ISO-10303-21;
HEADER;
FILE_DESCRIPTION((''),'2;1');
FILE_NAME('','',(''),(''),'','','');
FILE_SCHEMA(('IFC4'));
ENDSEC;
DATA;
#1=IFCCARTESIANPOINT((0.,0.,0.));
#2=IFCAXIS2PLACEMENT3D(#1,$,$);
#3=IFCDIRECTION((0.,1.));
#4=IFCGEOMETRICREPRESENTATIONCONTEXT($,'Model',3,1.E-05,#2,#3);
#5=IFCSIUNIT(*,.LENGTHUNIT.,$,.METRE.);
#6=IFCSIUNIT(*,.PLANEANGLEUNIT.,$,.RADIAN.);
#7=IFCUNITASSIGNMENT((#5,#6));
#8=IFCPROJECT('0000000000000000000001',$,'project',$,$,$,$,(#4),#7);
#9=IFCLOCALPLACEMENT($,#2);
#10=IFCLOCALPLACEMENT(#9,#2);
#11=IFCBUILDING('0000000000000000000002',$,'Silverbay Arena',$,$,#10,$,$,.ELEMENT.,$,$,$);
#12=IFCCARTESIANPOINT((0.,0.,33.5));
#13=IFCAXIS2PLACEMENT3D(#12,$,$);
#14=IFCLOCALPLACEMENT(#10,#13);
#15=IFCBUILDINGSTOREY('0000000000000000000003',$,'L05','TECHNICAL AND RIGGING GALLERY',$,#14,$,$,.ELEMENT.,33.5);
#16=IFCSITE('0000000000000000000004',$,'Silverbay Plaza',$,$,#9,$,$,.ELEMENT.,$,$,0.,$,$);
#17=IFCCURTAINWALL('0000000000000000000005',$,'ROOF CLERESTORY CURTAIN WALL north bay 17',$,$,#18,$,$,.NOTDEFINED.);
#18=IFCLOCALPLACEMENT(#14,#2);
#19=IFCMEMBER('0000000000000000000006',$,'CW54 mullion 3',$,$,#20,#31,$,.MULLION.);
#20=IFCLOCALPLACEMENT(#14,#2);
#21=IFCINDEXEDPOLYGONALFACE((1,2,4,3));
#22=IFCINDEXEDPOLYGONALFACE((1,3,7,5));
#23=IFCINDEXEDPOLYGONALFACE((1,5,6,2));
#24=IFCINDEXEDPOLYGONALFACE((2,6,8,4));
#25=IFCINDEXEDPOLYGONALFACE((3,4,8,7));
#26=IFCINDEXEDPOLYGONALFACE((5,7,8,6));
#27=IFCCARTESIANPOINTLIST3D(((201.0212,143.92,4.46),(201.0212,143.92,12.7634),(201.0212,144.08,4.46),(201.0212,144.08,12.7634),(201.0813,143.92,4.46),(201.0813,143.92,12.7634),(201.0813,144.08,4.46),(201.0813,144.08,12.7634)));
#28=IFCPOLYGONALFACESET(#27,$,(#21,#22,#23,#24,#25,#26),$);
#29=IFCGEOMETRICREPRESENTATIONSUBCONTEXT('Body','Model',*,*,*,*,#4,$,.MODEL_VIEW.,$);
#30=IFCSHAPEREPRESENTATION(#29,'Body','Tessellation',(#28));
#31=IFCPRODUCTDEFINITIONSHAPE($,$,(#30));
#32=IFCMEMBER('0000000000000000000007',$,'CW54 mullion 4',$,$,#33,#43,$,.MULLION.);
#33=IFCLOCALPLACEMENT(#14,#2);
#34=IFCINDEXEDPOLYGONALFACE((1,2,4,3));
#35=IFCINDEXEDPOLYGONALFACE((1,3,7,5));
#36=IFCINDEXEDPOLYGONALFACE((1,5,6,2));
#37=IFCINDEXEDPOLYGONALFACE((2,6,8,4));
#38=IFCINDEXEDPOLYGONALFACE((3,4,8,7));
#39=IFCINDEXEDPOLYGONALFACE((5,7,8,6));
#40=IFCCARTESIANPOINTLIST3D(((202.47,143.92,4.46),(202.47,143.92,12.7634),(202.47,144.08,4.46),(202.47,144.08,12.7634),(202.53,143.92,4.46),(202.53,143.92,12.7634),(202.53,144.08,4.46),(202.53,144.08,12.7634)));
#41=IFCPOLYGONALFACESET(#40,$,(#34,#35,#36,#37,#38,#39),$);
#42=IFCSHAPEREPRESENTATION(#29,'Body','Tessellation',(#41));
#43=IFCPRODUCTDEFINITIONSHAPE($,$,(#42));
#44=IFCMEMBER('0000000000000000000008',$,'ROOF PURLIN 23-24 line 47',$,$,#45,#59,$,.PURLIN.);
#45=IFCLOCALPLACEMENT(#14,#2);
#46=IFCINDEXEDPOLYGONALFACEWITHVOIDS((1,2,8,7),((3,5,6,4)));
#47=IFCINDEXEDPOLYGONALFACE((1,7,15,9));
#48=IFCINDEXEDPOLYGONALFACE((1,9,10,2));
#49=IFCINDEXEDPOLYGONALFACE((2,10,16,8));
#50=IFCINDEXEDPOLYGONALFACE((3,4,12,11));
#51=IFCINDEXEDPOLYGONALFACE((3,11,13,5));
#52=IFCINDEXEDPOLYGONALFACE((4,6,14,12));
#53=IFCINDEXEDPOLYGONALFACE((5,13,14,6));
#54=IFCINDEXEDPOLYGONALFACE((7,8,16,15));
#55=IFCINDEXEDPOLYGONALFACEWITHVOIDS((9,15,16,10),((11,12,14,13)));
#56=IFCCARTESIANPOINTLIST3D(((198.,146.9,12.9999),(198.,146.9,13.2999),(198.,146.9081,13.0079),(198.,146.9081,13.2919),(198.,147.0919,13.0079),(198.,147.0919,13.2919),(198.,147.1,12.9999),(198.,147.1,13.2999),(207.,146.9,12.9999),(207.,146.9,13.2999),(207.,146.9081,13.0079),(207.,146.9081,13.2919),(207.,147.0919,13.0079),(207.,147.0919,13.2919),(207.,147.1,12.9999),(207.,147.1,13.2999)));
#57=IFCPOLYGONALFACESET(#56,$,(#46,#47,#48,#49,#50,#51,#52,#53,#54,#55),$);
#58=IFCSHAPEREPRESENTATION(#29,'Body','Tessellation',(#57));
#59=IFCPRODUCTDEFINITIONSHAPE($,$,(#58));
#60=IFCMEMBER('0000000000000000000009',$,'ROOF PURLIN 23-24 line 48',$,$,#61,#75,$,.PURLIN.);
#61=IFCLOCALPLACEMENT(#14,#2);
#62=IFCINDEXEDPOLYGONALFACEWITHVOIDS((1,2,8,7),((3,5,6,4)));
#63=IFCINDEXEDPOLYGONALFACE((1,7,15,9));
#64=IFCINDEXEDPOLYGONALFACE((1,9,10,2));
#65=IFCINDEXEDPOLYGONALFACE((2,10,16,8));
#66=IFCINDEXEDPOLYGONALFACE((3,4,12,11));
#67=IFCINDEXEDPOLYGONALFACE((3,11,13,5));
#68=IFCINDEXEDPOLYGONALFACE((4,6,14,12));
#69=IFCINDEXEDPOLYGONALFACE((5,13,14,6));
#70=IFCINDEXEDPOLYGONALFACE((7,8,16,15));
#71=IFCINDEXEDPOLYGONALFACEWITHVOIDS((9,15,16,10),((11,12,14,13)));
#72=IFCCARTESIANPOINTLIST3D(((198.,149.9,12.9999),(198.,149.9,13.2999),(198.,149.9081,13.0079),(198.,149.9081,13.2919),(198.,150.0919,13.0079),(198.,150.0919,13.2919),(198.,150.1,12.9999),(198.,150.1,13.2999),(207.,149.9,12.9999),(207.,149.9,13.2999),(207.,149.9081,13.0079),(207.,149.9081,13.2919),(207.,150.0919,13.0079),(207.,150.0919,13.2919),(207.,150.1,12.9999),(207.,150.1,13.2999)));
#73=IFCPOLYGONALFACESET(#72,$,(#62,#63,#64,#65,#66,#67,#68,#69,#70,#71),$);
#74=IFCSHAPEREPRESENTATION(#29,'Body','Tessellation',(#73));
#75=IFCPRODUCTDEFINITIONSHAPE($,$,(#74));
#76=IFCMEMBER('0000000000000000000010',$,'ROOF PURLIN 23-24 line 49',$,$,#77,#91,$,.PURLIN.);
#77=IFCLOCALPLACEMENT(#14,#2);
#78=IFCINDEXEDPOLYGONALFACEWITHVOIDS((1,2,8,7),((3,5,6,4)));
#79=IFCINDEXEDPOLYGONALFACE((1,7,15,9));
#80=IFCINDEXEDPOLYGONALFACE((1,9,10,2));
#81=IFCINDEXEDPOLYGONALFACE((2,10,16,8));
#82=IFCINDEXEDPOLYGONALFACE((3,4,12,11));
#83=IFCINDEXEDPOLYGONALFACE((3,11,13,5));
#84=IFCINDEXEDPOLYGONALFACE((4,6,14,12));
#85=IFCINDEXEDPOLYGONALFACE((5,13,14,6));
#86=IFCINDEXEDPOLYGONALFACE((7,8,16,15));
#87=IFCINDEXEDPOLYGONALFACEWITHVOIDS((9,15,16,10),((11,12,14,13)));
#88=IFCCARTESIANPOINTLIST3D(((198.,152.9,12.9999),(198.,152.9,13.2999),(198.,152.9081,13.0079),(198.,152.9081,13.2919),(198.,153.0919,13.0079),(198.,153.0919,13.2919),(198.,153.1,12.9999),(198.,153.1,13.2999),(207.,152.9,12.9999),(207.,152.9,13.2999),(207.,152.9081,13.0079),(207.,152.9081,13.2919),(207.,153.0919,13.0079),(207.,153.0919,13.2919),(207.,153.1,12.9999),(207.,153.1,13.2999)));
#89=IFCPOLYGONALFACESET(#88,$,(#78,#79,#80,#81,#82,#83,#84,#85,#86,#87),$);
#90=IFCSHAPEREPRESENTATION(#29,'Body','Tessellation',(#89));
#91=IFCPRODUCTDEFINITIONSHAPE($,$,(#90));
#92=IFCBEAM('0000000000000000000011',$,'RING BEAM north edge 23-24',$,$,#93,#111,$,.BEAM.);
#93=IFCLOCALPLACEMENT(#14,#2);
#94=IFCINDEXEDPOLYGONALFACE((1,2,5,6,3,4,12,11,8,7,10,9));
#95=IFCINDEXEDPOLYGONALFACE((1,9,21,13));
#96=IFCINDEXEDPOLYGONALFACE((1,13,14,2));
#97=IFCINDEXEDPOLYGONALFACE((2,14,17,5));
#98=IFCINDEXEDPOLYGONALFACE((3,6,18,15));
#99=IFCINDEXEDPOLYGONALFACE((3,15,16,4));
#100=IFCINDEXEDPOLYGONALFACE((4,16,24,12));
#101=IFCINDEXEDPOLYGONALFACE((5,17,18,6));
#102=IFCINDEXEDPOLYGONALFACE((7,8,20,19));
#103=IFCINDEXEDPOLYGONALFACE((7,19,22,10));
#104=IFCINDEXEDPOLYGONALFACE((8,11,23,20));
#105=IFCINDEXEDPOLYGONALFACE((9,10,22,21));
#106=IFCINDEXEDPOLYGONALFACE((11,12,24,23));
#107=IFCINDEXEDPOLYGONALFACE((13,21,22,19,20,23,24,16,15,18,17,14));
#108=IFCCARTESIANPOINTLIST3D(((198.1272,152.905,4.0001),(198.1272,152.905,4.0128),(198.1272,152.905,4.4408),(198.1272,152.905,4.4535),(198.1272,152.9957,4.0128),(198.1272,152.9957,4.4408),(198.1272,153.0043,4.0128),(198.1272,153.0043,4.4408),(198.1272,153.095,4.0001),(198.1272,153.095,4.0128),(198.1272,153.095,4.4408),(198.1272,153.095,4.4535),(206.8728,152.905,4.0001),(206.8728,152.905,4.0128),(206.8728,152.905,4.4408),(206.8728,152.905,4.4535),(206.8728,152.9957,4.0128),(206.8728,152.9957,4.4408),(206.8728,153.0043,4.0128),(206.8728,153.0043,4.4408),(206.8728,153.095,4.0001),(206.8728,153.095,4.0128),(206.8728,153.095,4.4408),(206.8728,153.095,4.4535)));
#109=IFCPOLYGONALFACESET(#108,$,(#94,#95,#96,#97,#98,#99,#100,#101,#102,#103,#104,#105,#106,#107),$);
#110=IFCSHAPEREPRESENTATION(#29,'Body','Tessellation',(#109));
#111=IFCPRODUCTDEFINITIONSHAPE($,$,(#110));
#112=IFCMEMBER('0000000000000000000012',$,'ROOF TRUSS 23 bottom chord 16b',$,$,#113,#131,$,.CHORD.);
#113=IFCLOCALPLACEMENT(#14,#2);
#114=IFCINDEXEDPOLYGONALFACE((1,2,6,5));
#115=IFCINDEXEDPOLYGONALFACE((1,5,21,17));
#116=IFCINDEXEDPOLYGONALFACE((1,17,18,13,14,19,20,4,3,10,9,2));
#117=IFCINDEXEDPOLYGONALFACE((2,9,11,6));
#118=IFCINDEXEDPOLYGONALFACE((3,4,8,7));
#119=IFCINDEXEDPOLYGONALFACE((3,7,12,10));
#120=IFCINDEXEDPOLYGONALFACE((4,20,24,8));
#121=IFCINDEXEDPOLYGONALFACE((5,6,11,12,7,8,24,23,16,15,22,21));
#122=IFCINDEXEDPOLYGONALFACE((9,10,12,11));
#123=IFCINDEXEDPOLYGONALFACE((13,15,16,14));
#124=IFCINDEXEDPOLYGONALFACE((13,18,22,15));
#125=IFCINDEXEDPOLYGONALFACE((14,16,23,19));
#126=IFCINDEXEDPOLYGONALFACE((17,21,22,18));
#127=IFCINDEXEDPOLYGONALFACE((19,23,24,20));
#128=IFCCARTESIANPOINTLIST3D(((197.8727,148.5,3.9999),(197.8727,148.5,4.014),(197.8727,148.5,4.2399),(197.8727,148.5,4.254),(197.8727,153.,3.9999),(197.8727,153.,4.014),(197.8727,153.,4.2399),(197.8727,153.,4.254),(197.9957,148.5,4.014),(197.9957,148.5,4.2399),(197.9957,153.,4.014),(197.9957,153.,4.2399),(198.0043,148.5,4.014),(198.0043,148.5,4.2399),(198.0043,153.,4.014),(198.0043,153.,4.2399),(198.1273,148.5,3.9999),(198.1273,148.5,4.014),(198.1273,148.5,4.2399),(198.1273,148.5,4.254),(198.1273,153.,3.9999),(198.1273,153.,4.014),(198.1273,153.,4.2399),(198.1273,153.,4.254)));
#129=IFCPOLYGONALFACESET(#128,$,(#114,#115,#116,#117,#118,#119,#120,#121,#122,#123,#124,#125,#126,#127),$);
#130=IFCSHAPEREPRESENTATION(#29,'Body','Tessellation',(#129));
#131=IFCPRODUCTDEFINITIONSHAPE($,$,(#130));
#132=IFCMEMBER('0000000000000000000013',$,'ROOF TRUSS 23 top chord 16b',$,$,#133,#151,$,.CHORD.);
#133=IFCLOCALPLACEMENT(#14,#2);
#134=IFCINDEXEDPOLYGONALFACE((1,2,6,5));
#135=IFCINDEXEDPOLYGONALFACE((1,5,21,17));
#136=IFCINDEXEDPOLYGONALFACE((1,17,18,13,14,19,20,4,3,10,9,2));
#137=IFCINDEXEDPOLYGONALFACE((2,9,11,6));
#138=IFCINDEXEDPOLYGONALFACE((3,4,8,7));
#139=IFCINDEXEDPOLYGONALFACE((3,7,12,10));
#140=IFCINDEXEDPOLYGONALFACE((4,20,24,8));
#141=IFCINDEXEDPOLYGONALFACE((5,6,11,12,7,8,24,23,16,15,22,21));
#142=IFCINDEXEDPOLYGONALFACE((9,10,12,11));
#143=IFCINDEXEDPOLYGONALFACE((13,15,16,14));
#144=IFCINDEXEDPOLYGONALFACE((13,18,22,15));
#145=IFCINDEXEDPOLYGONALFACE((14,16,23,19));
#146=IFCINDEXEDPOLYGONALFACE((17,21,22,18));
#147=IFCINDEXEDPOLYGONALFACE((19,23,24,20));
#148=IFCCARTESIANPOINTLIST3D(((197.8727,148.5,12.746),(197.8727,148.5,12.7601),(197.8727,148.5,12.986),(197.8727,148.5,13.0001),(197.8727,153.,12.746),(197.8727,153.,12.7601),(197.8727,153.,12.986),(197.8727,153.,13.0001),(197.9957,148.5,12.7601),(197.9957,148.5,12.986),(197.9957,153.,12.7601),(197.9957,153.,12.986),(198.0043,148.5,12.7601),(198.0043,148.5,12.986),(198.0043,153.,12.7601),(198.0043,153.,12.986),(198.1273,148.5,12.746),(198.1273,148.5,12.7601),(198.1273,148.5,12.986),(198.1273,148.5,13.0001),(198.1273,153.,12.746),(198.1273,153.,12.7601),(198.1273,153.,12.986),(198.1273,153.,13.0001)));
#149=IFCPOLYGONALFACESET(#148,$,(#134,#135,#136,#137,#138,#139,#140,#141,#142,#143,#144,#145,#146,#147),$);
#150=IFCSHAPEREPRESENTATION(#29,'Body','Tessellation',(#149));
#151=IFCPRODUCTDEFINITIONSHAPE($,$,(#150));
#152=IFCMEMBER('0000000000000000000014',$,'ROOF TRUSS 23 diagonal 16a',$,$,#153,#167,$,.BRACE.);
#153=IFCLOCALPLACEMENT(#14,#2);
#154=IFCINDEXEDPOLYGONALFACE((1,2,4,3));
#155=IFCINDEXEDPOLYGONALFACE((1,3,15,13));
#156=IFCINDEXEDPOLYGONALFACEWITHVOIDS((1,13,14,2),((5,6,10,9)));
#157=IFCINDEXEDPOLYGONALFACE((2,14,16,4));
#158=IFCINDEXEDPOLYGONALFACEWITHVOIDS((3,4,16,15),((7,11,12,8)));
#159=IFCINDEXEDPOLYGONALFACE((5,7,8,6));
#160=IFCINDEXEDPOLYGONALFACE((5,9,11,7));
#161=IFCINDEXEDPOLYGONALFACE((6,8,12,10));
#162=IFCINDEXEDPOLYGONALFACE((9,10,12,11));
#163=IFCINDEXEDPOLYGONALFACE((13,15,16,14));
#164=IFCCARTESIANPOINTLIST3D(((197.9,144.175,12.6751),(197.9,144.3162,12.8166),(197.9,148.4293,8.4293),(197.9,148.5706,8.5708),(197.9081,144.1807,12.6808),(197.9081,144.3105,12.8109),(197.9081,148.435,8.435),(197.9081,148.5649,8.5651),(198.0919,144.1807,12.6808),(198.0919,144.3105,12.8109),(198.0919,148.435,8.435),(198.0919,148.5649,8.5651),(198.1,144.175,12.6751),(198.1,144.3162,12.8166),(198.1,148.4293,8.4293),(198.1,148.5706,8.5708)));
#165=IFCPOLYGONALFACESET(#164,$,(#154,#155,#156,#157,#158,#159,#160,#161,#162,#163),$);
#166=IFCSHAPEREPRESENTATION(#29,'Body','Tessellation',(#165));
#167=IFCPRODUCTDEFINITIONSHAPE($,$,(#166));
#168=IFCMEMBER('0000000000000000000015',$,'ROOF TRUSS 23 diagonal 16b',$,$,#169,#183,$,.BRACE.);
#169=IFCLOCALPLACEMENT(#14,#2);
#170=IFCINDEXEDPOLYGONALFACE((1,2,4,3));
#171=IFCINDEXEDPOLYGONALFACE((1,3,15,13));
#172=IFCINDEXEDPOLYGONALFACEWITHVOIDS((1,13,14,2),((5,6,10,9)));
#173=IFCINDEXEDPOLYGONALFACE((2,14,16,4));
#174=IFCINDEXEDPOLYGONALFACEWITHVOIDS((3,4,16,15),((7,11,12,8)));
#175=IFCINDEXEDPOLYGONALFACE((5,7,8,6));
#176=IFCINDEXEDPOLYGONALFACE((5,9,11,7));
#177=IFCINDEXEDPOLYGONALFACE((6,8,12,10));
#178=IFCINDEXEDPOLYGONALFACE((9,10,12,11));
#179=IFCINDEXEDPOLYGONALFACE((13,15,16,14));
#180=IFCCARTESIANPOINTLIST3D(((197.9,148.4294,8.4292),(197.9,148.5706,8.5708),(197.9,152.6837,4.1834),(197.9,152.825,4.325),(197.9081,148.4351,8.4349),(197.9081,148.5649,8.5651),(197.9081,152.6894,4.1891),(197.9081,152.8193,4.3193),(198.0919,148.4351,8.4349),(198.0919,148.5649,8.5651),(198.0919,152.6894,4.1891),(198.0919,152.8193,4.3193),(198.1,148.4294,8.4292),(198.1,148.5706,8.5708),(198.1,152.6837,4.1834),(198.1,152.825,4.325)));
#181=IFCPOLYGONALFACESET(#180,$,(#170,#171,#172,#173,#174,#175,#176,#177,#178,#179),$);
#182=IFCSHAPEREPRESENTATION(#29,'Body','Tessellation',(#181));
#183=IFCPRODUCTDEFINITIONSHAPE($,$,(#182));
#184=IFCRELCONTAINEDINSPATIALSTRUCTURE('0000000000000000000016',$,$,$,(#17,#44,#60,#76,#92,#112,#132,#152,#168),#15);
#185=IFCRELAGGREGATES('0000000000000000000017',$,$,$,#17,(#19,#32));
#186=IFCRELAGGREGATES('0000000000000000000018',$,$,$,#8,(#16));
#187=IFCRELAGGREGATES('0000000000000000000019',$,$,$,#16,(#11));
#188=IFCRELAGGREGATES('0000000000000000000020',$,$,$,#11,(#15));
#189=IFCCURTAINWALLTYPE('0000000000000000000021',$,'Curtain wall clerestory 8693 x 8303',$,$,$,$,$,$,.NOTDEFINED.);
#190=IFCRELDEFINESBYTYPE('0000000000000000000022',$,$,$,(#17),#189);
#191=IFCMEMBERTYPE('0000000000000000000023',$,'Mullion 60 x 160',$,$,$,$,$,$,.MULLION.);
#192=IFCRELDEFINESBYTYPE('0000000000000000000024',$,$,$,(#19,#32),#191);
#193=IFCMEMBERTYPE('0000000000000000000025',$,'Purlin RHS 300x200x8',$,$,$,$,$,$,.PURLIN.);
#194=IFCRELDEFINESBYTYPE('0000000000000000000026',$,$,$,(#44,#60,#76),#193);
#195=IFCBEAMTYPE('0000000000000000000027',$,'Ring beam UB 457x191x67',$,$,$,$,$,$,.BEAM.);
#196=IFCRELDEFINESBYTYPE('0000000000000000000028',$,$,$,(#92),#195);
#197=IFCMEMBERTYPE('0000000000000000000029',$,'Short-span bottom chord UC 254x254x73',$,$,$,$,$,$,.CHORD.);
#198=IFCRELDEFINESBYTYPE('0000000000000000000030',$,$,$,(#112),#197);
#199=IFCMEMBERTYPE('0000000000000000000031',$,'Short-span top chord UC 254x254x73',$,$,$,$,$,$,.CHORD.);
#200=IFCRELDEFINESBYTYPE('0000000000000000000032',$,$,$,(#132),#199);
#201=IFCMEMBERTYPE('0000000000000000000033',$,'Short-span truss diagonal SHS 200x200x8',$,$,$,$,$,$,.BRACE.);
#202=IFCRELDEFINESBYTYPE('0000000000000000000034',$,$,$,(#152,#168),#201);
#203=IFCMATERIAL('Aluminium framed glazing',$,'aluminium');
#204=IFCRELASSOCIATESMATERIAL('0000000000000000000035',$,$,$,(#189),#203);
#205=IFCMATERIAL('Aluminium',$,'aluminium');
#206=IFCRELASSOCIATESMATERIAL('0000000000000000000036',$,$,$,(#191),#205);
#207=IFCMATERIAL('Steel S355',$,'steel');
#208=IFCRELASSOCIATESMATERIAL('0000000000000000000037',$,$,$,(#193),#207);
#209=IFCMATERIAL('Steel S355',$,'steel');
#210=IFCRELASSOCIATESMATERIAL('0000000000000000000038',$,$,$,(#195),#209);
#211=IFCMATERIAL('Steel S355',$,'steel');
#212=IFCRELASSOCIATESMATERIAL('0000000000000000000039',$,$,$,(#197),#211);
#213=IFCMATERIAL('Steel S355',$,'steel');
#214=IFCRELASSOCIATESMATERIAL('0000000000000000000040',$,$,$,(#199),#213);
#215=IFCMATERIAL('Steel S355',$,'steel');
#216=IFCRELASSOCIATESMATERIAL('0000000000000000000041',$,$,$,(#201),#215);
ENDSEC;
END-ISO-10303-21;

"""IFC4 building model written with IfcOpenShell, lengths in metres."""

from ifc_helpers import new_model, si_unit, direction, frame, origin, origin_2d, place, context, subcontext, project, spatial, rectangle, hollow_rectangle, i_section, extrude, material, material_profile, profile_set, type_object, element, aggregate, save


model = new_model("IFC4")

# Units and contexts
model_context = context("Model", 3, precision=1e-05, world=origin(), true_north=direction((0.0, 1.0)))
body_context = subcontext(model_context, "Body", "Model", "MODEL_VIEW")
ifc_project = project(units=[si_unit("LENGTHUNIT", "METRE"), si_unit("PLANEANGLEUNIT", "RADIAN")], contexts=[model_context])

# Site, building, storey
site_placement = place(None, origin())
site = spatial("IfcSite", under=ifc_project, at=site_placement, Name="Silverbay Plaza", CompositionType="ELEMENT", RefElevation=0.0)
building_placement = place(site_placement, origin())
building = spatial("IfcBuilding", under=site, at=building_placement, Name="Silverbay Arena", CompositionType="ELEMENT")
storey_placement = place(building_placement, frame((0.0, 0.0, 33.5)))
storey = spatial("IfcBuildingStorey", under=building, at=storey_placement, Name="L05", Description="TECHNICAL AND RIGGING GALLERY", CompositionType="ELEMENT", Elevation=33.5)

# Curtain wall, members
ifc_material_1 = material(Name="Aluminium framed glazing", Category="aluminium")
curtain_wall_type = type_object("IfcCurtainWallType", Name="Curtain wall clerestory 8693 x 8303", PredefinedType="NOTDEFINED", material=ifc_material_1)
curtain_wall_placement = place(storey_placement, origin())
curtain_wall = element("IfcCurtainWall", 1, at=curtain_wall_placement, inside=storey, type_object=curtain_wall_type, Name="ROOF CLERESTORY CURTAIN WALL north bay 17", PredefinedType="NOTDEFINED")
ifc_material_2 = material(Name="Aluminium", Category="aluminium")
ifc_material_profile_1 = material_profile(ifc_material_2, rectangle(XDim=0.1599, YDim=0.0601, at=origin_2d()), Name="Mullion 60 x 160")
ifc_profile_set_1 = profile_set([ifc_material_profile_1], Name="Aluminium")
member_type_1 = type_object("IfcMemberType", Name="Mullion 60 x 160", PredefinedType="MULLION", material=ifc_profile_set_1)
member_1_placement = place(storey_placement, frame((201.0513, 144.0, 4.46), z_axis=(0.0, 0.0, 1.0), x_axis=(0.0, 1.0, 0.0)))
member_1 = element("IfcMember", 2, at=member_1_placement, type_object=member_type_1, Name="CW54 mullion 3", PredefinedType="MULLION", context=body_context, shape_type="SweptSolid", body=[
    extrude(rectangle(XDim=0.1599, YDim=0.0601, at=origin_2d()), origin(), (0.0, 0.0, 1.0), 8.3035),
])
member_2_placement = place(storey_placement, frame((202.5, 144.0, 4.46), z_axis=(0.0, 0.0, 1.0), x_axis=(0.0, 1.0, 0.0)))
member_2 = element("IfcMember", 3, at=member_2_placement, type_object=member_type_1, Name="CW54 mullion 4", PredefinedType="MULLION", context=body_context, shape_type="SweptSolid", body=[
    extrude(rectangle(XDim=0.1599, YDim=0.0601, at=origin_2d()), origin(), (0.0, 0.0, 1.0), 8.3035),
])

# Members
ifc_material_3 = material(Name="Steel S355", Category="steel")
ifc_material_profile_2 = material_profile(ifc_material_3, hollow_rectangle(XDim=0.2, YDim=0.3, WallThickness=0.0081, at=origin_2d()), Name="RHS 300x200x8")
ifc_profile_set_2 = profile_set([ifc_material_profile_2], Name="Steel S355")
member_type_2 = type_object("IfcMemberType", Name="Purlin RHS 300x200x8", PredefinedType="PURLIN", material=ifc_profile_set_2)
for number, where, z_axis, x_axis, name in (
    (4, (198.0, 147.0, 13.1499), (1.0, 0.0, 0.0), (0.0, 1.0, 0.0), "ROOF PURLIN 23-24 line 47"),
    (5, (198.0, 150.0, 13.1499), (1.0, 0.0, 0.0), (0.0, 1.0, 0.0), "ROOF PURLIN 23-24 line 48"),
    (6, (198.0, 153.0, 13.1499), (1.0, 0.0, 0.0), (0.0, 1.0, 0.0), "ROOF PURLIN 23-24 line 49"),
):
    element("IfcMember", number, at=place(storey_placement, frame(where, z_axis=z_axis, x_axis=x_axis)), inside=storey, type_object=member_type_2, Name=name, PredefinedType="PURLIN", context=body_context, shape_type="SweptSolid", body=[
        extrude(hollow_rectangle(XDim=0.2, YDim=0.3, WallThickness=0.0081, at=origin_2d()), origin(), (0.0, 0.0, 1.0), 9.0),
    ])

# Beam
ifc_material_4 = material(Name="Steel S355", Category="steel")
ifc_material_profile_3 = material_profile(ifc_material_4, i_section(OverallWidth=0.1899, OverallDepth=0.4534, WebThickness=0.0085, FlangeThickness=0.0127, at=origin_2d()), Name="UB 457x191x67")
ifc_profile_set_3 = profile_set([ifc_material_profile_3], Name="Steel S355")
beam_type = type_object("IfcBeamType", Name="Ring beam UB 457x191x67", PredefinedType="BEAM", material=ifc_profile_set_3)
beam_placement = place(storey_placement, frame((198.1272, 153.0, 4.2268), z_axis=(1.0, 0.0, 0.0), x_axis=(0.0, 1.0, 0.0)))
element("IfcBeam", 7, at=beam_placement, inside=storey, type_object=beam_type, Name="RING BEAM north edge 23-24", PredefinedType="BEAM", context=body_context, shape_type="SweptSolid", body=[
    extrude(i_section(OverallWidth=0.1899, OverallDepth=0.4534, WebThickness=0.0085, FlangeThickness=0.0127, at=origin_2d()), origin(), (0.0, 0.0, 1.0), 8.7456),
])

# Members
ifc_material_5 = material(Name="Steel S355", Category="steel")
ifc_material_profile_4 = material_profile(ifc_material_5, i_section(OverallWidth=0.2546, OverallDepth=0.2542, WebThickness=0.0085, FlangeThickness=0.0142, at=origin_2d()), Name="UC 254x254x73")
ifc_profile_set_4 = profile_set([ifc_material_profile_4], Name="Steel S355")
member_type_3 = type_object("IfcMemberType", Name="Short-span bottom chord UC 254x254x73", PredefinedType="CHORD", material=ifc_profile_set_4)
member_3_placement = place(storey_placement, frame((198.0, 148.5, 4.127), z_axis=(0.0, 1.0, 0.0), x_axis=(-1.0, 0.0, 0.0)))
element("IfcMember", 8, at=member_3_placement, inside=storey, type_object=member_type_3, Name="ROOF TRUSS 23 bottom chord 16b", PredefinedType="CHORD", context=body_context, shape_type="SweptSolid", body=[
    extrude(i_section(OverallWidth=0.2546, OverallDepth=0.2542, WebThickness=0.0085, FlangeThickness=0.0142, at=origin_2d()), origin(), (0.0, 0.0, 1.0), 4.5),
])
ifc_material_6 = material(Name="Steel S355", Category="steel")
ifc_material_profile_5 = material_profile(ifc_material_6, i_section(OverallWidth=0.2546, OverallDepth=0.2542, WebThickness=0.0085, FlangeThickness=0.0142, at=origin_2d()), Name="UC 254x254x73")
ifc_profile_set_5 = profile_set([ifc_material_profile_5], Name="Steel S355")
member_type_4 = type_object("IfcMemberType", Name="Short-span top chord UC 254x254x73", PredefinedType="CHORD", material=ifc_profile_set_5)
member_4_placement = place(storey_placement, frame((198.0, 148.5, 12.873), z_axis=(0.0, 1.0, 0.0), x_axis=(-1.0, 0.0, 0.0)))
element("IfcMember", 9, at=member_4_placement, inside=storey, type_object=member_type_4, Name="ROOF TRUSS 23 top chord 16b", PredefinedType="CHORD", context=body_context, shape_type="SweptSolid", body=[
    extrude(i_section(OverallWidth=0.2546, OverallDepth=0.2542, WebThickness=0.0085, FlangeThickness=0.0142, at=origin_2d()), origin(), (0.0, 0.0, 1.0), 4.5),
])
ifc_material_7 = material(Name="Steel S355", Category="steel")
ifc_material_profile_6 = material_profile(ifc_material_7, hollow_rectangle(XDim=0.2, YDim=0.2, WallThickness=0.0081, at=origin_2d()), Name="SHS 200x200x8")
ifc_profile_set_6 = profile_set([ifc_material_profile_6], Name="Steel S355")
member_type_5 = type_object("IfcMemberType", Name="Short-span truss diagonal SHS 200x200x8", PredefinedType="BRACE", material=ifc_profile_set_6)
for number, where, z_axis, x_axis, name in (
    (10, (198.0, 144.2456, 12.7458), (0.0, 0.707817, -0.706396), (-1.0, 0.0, 0.0), "ROOF TRUSS 23 diagonal 16a"),
    (11, (198.0, 148.5, 8.5), (0.0, 0.707817, -0.706396), (-1.0, 0.0, 0.0), "ROOF TRUSS 23 diagonal 16b"),
):
    element("IfcMember", number, at=place(storey_placement, frame(where, z_axis=z_axis, x_axis=x_axis)), inside=storey, type_object=member_type_5, Name=name, PredefinedType="BRACE", context=body_context, shape_type="SweptSolid", body=[
        extrude(hollow_rectangle(XDim=0.2, YDim=0.2, WallThickness=0.0081, at=origin_2d()), origin(), (0.0, 0.0, 1.0), 6.0105),
    ])

aggregate(curtain_wall, [member_1, member_2])

save(model, "model.ifc")
